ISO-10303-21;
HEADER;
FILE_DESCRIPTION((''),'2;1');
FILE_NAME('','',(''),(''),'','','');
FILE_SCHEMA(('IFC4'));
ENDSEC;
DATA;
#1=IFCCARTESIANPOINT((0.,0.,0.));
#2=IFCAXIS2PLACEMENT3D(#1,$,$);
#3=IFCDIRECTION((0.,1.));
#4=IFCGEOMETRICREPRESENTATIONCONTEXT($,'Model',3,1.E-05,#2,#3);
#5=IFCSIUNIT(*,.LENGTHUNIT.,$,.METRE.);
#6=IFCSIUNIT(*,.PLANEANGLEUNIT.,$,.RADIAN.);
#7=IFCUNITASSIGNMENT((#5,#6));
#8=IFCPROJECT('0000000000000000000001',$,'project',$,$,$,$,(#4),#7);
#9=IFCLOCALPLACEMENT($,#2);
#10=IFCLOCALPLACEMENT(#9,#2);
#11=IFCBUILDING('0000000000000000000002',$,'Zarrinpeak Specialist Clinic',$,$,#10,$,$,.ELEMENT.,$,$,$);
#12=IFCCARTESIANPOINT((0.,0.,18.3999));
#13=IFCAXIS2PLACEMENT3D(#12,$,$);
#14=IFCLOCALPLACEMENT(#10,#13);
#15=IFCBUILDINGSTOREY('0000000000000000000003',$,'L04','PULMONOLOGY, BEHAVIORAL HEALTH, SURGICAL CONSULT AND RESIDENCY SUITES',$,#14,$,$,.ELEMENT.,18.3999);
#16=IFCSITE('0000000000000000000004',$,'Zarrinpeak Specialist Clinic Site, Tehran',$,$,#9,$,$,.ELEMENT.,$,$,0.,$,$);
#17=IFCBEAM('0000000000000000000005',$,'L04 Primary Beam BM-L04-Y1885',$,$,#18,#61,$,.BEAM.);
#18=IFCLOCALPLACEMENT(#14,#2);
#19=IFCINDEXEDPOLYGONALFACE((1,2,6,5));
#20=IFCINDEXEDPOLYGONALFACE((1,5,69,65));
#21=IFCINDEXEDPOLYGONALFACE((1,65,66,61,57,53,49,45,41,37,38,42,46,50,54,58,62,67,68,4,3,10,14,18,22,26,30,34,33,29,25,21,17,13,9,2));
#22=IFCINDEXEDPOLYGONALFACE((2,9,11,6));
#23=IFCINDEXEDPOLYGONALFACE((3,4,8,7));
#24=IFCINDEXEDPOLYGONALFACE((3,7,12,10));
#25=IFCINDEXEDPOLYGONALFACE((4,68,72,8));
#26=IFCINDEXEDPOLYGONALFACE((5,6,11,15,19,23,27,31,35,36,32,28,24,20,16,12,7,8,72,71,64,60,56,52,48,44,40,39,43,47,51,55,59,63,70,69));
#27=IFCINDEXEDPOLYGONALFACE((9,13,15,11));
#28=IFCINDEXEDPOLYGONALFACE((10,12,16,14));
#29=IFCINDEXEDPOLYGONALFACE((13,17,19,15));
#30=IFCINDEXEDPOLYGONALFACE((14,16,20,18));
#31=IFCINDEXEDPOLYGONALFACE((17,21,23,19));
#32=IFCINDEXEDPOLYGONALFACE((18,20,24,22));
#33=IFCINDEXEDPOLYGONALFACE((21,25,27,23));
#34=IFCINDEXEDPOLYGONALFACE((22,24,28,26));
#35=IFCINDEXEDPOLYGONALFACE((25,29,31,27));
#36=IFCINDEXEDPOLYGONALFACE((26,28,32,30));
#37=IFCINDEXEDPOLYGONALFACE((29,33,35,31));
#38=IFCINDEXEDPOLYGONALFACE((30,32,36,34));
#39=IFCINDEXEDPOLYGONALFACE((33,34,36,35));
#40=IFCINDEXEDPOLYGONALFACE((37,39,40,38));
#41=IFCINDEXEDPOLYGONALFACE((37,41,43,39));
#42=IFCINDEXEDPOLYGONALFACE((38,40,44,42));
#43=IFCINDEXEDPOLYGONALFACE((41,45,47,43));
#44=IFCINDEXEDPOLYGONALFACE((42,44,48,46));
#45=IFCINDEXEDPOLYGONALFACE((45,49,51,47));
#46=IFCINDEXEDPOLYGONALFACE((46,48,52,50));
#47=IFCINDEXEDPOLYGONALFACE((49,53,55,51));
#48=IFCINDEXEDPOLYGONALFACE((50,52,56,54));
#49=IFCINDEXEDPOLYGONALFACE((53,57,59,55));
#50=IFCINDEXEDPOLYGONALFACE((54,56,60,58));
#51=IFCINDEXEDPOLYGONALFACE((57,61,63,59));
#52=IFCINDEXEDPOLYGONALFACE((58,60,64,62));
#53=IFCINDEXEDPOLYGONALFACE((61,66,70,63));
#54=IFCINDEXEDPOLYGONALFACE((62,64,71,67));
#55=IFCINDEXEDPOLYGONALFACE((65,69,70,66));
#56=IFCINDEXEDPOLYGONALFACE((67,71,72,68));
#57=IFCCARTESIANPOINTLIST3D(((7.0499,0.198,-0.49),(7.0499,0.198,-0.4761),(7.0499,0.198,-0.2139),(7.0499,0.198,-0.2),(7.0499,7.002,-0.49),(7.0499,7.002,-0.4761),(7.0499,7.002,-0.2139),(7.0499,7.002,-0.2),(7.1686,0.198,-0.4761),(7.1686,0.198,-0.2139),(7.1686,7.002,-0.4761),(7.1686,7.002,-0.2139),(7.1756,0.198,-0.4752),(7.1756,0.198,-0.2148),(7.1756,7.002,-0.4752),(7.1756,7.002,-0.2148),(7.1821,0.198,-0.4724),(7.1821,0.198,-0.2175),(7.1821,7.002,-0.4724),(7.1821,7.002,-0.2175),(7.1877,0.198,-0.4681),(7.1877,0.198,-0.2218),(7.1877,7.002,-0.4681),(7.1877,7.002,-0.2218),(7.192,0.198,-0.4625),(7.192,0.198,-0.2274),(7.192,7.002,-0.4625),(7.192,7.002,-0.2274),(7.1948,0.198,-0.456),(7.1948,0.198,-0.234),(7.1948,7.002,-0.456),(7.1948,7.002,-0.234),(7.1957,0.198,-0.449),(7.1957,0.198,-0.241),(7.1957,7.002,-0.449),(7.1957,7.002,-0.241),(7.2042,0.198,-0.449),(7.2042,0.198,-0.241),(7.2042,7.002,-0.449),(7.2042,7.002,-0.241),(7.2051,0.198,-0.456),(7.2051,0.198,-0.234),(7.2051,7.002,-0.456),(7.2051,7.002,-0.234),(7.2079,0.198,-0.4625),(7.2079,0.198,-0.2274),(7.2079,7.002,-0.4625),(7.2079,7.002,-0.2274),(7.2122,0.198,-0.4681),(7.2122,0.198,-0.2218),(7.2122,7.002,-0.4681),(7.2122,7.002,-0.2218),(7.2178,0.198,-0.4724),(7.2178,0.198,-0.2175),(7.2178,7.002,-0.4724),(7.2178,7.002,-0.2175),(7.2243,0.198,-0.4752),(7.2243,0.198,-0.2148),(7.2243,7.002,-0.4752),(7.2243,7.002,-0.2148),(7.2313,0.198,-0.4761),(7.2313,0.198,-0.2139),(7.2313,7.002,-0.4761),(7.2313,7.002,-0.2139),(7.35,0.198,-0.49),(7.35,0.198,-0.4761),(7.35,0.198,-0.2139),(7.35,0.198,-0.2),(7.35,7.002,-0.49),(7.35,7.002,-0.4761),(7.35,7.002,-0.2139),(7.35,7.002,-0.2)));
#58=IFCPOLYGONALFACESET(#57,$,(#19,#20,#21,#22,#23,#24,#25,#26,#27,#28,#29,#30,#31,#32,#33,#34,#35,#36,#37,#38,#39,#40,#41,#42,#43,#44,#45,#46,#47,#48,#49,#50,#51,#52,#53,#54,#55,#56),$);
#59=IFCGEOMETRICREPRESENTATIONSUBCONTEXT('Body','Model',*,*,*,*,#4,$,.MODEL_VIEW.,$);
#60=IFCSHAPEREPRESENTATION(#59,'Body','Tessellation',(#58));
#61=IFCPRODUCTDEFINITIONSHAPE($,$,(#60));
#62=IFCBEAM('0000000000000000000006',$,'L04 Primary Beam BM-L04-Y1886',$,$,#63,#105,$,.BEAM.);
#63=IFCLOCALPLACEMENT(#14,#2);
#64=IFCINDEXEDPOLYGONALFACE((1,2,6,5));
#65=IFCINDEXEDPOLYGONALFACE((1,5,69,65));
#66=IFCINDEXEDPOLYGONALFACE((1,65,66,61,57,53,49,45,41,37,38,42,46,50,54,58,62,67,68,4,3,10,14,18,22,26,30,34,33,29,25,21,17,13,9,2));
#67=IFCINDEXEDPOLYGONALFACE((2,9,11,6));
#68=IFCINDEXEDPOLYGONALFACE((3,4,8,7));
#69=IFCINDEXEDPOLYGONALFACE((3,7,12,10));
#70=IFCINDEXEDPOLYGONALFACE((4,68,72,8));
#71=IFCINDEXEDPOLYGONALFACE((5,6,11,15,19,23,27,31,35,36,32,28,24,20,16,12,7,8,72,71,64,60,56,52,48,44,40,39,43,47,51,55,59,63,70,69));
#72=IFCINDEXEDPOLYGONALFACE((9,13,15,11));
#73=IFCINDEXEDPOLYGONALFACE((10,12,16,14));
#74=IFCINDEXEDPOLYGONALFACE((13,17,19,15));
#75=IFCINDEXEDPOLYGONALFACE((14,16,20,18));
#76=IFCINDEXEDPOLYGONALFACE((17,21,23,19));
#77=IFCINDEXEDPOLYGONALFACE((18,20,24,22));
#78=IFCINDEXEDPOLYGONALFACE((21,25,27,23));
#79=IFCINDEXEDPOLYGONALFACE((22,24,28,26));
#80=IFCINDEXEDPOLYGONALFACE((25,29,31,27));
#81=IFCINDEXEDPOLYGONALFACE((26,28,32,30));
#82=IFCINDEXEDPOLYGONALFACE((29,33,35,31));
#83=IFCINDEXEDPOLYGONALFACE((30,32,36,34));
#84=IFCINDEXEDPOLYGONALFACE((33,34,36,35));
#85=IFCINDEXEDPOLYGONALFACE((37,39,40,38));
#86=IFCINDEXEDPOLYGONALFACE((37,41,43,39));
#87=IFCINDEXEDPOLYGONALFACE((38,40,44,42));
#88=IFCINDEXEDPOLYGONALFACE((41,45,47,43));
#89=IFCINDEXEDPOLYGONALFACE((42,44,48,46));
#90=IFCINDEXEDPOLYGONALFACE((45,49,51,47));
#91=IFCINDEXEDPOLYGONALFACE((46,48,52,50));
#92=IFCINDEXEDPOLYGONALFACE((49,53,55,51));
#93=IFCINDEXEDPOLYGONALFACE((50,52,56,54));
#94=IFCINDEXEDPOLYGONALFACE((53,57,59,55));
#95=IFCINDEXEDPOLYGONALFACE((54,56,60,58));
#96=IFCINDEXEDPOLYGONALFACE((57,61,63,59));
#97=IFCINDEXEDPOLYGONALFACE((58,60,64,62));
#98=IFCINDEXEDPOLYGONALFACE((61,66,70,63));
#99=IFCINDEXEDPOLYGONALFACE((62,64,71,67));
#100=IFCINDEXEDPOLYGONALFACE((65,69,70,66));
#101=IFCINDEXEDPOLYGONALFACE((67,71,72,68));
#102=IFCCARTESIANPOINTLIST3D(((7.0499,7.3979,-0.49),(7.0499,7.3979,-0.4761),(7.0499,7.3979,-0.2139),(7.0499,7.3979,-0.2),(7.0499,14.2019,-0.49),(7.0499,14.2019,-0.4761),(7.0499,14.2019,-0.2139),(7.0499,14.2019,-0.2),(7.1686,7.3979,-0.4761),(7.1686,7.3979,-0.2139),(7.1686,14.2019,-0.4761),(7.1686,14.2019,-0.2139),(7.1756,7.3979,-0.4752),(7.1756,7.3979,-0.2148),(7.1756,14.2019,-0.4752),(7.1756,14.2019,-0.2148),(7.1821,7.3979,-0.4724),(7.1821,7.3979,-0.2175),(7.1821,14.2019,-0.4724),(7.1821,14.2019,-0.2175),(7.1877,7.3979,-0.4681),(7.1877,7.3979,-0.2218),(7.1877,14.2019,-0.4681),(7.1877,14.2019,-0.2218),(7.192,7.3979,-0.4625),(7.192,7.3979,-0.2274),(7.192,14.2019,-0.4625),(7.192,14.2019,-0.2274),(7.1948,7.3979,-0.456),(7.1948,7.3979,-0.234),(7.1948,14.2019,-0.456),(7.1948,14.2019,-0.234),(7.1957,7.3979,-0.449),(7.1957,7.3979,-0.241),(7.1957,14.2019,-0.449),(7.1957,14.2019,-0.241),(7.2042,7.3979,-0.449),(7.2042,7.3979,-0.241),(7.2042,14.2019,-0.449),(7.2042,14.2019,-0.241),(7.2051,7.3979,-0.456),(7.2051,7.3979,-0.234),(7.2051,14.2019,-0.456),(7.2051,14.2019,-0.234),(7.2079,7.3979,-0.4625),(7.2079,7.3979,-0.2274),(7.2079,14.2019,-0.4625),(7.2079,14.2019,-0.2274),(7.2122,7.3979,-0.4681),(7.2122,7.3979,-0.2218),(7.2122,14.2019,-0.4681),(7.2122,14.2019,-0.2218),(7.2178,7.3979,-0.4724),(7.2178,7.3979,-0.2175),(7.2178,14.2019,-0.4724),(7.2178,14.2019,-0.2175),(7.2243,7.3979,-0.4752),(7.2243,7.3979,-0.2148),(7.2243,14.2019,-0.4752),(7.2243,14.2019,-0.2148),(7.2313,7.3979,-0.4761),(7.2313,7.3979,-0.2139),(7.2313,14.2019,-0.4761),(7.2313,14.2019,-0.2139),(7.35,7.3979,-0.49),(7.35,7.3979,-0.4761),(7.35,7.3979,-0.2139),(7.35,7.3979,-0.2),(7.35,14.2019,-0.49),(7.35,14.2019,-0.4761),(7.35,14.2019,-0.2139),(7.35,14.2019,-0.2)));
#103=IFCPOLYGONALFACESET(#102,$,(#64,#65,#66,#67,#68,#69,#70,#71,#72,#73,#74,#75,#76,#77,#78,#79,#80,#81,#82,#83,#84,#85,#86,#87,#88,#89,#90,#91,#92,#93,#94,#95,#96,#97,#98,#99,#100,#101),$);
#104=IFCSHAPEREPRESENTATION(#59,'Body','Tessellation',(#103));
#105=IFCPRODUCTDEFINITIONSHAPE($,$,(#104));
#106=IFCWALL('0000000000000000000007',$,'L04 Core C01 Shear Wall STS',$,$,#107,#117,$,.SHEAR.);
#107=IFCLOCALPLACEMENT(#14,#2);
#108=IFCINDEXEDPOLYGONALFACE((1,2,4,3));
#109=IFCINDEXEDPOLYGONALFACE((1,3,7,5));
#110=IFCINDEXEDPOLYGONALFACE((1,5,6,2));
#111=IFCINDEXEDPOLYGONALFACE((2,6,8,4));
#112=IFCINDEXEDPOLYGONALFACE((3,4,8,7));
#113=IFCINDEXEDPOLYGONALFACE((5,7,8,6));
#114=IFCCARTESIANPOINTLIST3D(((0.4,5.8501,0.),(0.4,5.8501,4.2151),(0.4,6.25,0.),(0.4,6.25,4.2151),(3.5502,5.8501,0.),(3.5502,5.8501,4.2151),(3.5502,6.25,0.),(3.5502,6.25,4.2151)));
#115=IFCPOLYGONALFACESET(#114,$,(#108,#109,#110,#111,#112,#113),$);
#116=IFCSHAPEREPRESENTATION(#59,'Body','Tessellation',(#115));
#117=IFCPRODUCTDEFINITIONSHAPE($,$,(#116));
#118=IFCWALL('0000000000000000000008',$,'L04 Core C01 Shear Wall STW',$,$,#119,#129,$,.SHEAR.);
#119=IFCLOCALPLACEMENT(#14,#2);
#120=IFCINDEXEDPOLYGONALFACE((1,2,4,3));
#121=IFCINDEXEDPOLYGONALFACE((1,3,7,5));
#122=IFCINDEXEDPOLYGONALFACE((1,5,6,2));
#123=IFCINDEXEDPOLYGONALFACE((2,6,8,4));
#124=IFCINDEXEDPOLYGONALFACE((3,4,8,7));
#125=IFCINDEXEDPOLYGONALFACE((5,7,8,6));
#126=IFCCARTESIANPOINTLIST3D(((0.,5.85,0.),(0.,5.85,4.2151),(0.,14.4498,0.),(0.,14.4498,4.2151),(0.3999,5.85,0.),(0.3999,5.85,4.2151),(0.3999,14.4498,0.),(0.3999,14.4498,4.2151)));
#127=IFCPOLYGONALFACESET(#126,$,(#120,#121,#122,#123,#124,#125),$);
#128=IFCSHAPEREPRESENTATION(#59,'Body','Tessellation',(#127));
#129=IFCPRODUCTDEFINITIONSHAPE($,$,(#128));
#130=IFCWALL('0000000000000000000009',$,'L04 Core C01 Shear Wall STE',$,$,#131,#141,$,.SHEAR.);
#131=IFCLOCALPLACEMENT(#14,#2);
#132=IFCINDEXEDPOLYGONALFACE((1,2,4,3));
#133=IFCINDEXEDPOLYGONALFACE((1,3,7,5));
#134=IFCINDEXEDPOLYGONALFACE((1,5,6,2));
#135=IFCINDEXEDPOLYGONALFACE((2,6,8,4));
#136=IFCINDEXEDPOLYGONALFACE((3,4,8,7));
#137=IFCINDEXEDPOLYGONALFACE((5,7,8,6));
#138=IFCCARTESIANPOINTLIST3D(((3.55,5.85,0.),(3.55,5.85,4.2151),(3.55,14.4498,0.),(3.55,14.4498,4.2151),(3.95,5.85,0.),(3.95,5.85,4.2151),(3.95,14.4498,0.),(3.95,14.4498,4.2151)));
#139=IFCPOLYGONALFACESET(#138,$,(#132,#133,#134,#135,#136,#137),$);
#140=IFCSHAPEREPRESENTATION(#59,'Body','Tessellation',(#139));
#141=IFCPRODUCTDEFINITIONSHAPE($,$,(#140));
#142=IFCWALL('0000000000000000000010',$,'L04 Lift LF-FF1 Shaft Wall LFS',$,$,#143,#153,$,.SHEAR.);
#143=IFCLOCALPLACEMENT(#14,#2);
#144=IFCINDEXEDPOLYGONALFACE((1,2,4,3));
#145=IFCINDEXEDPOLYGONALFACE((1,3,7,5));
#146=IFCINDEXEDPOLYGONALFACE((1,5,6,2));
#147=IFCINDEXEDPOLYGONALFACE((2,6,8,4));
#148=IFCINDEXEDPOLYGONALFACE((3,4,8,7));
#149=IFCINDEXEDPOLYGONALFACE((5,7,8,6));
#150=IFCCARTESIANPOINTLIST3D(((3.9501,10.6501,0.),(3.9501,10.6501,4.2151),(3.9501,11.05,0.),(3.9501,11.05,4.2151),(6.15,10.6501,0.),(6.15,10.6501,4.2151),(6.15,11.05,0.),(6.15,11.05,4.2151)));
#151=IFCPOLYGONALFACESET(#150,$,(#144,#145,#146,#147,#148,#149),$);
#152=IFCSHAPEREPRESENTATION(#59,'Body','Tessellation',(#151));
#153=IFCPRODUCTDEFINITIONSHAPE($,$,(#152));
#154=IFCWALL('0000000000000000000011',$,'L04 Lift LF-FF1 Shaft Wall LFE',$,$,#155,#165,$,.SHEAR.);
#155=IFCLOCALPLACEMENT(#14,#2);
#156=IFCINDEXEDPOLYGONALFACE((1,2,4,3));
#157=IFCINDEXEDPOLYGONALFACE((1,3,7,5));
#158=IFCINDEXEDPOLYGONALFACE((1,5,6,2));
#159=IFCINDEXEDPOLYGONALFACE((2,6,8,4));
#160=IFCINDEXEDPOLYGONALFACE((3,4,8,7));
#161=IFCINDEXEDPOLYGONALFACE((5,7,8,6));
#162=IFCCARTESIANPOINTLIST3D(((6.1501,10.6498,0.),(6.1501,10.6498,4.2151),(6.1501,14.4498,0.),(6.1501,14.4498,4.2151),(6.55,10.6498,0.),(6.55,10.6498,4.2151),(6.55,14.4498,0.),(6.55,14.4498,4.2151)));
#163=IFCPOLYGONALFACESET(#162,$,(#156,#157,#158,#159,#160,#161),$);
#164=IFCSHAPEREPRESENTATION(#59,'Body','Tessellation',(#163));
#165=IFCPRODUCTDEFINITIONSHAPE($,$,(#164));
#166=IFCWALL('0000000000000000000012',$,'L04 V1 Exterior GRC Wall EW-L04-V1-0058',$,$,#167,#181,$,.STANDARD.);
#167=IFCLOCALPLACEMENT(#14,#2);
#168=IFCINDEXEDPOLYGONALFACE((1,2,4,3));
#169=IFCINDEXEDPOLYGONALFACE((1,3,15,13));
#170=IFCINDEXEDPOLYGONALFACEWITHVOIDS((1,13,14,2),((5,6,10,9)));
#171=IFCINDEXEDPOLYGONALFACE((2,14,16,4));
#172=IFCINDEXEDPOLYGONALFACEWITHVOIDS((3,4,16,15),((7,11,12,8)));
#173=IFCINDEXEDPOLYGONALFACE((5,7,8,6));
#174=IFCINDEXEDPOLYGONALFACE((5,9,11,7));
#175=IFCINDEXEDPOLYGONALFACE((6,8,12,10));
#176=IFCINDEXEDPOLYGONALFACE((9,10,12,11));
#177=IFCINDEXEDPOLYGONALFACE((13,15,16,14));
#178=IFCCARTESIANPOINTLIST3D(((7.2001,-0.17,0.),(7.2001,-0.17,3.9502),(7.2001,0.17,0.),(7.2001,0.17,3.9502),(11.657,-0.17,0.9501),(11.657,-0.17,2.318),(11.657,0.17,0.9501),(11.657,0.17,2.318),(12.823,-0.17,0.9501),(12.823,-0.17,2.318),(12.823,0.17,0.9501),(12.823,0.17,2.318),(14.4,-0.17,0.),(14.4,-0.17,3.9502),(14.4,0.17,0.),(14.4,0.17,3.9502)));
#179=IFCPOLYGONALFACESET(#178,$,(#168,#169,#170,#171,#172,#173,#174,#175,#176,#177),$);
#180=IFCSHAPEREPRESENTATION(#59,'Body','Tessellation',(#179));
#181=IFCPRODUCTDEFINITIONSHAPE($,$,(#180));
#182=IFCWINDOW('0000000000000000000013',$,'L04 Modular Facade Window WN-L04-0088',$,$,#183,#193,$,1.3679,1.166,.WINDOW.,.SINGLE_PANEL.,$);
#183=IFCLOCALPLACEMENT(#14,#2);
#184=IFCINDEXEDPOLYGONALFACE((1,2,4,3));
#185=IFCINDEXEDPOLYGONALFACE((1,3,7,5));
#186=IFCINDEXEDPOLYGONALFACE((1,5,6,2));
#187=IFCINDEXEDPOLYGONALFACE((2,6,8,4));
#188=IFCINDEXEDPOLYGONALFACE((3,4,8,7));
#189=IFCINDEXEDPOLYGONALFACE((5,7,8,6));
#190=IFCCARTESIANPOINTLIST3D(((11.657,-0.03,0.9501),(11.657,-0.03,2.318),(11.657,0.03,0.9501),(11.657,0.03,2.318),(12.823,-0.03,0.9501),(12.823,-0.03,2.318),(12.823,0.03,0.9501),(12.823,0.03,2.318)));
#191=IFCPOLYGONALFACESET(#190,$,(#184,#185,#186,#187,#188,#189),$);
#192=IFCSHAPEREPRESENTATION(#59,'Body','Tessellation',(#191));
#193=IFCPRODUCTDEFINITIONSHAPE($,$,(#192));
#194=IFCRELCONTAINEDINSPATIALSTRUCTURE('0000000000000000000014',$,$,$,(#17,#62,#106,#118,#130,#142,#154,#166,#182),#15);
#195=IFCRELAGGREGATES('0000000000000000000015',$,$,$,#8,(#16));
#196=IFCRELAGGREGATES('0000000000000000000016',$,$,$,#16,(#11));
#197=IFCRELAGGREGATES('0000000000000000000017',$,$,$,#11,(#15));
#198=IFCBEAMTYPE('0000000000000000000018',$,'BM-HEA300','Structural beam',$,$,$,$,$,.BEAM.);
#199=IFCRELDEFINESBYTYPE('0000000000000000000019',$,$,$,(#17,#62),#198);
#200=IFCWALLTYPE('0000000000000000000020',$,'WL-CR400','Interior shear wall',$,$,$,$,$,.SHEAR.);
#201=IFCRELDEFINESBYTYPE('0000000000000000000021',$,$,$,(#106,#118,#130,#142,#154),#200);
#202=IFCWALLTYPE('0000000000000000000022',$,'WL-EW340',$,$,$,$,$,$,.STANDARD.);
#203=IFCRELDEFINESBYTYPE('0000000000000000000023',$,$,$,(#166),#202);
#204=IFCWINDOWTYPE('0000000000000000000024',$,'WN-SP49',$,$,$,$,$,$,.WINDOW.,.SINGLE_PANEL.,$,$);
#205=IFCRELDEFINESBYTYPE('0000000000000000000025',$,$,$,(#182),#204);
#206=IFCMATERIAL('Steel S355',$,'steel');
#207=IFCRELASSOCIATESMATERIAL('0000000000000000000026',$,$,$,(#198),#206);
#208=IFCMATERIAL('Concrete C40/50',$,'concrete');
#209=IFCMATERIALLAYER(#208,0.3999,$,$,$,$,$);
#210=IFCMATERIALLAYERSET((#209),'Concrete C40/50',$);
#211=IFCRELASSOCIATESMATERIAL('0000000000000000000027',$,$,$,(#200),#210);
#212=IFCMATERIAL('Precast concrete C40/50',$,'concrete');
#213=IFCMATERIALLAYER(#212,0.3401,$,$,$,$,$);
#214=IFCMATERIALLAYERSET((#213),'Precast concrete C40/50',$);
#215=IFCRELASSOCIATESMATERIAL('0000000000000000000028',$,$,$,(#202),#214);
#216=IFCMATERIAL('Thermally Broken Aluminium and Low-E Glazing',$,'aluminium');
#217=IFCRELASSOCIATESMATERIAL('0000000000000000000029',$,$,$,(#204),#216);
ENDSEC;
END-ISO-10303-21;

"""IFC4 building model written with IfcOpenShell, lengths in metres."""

from ifc_helpers import new_model, si_unit, direction, frame, frame_2d, origin, origin_2d, place, context, subcontext, project, spatial, rectangle, i_section, extrude, material, layer, layer_set, material_profile, profile_set, type_object, element, fill, save


model = new_model("IFC4")

# Units and contexts
model_context = context("Model", 3, precision=1e-05, world=origin(), true_north=direction((0.0, 1.0)))
body_context = subcontext(model_context, "Body", "Model", "MODEL_VIEW")
ifc_project = project(units=[si_unit("LENGTHUNIT", "METRE"), si_unit("PLANEANGLEUNIT", "RADIAN")], contexts=[model_context])

# Site, building, storey
site_placement = place(None, origin())
site = spatial("IfcSite", under=ifc_project, at=site_placement, Name="Zarrinpeak Specialist Clinic Site, Tehran", CompositionType="ELEMENT", RefElevation=0.0)
building_placement = place(site_placement, origin())
building = spatial("IfcBuilding", under=site, at=building_placement, Name="Zarrinpeak Specialist Clinic", CompositionType="ELEMENT")
storey_placement = place(building_placement, frame((0.0, 0.0, 18.3999)))
storey = spatial("IfcBuildingStorey", under=building, at=storey_placement, Name="L04", Description="PULMONOLOGY, BEHAVIORAL HEALTH, SURGICAL CONSULT AND RESIDENCY SUITES", CompositionType="ELEMENT", Elevation=18.3999)

# Shared definitions
ifc_material_1 = material(Name="Steel S355", Category="steel")

# Beams
ifc_material_profile_1 = material_profile(ifc_material_1, i_section(OverallWidth=0.3, OverallDepth=0.29, WebThickness=0.0085, FlangeThickness=0.0139, FilletRadius=0.0271, at=origin_2d()), Name="HEA 300")
ifc_profile_set_1 = profile_set([ifc_material_profile_1], Name="Steel S355")
beam_type_1 = type_object("IfcBeamType", Name="BM-HEA300", Description="Structural beam", PredefinedType="BEAM", material=ifc_profile_set_1)
for number, where, z_axis, x_axis, name in (
    (1, (7.2, 0.198, -0.345), (0.0, 1.0, 0.0), (-1.0, 0.0, 0.0), "L04 Primary Beam BM-L04-Y1885"),
    (2, (7.2, 7.3979, -0.345), (0.0, 1.0, 0.0), (-1.0, 0.0, 0.0), "L04 Primary Beam BM-L04-Y1886"),
):
    element("IfcBeam", number, at=place(storey_placement, frame(where, z_axis=z_axis, x_axis=x_axis)), inside=storey, type_object=beam_type_1, Name=name, PredefinedType="BEAM", context=body_context, shape_type="SweptSolid", body=[
        extrude(i_section(OverallWidth=0.3, OverallDepth=0.29, WebThickness=0.0085, FlangeThickness=0.0139, FilletRadius=0.0271, at=origin_2d()), origin(), (0.0, 0.0, 1.0), 6.804),
    ])

# Walls
ifc_material_2 = material(Name="Concrete C40/50", Category="concrete")
ifc_layer_1 = layer(ifc_material_2, 0.3999)
ifc_layer_set_1 = layer_set([ifc_layer_1], Name="Concrete C40/50")
wall_type_1 = type_object("IfcWallType", Name="WL-CR400", Description="Interior shear wall", PredefinedType="SHEAR", material=ifc_layer_set_1)
wall_1_placement = place(storey_placement, frame((0.3999, 6.05, 0.0), z_axis=(0.0, 0.0, 1.0), x_axis=(1.0, 0.0, 0.0)))
element("IfcWall", 3, at=wall_1_placement, inside=storey, type_object=wall_type_1, Name="L04 Core C01 Shear Wall STS", PredefinedType="SHEAR", context=body_context, shape_type="SweptSolid", body=[
    extrude(rectangle(XDim=3.1501, YDim=0.3999, at=frame_2d((1.5752, 0.0))), origin(), (0.0, 0.0, 1.0), 4.2151),
])
for number, where, z_axis, x_axis, name in (
    (4, (0.2, 5.8501, 0.0), (0.0, 0.0, 1.0), (0.0, 1.0, 0.0), "L04 Core C01 Shear Wall STW"),
    (5, (3.75, 5.8501, 0.0), (0.0, 0.0, 1.0), (0.0, 1.0, 0.0), "L04 Core C01 Shear Wall STE"),
):
    element("IfcWall", number, at=place(storey_placement, frame(where, z_axis=z_axis, x_axis=x_axis)), inside=storey, type_object=wall_type_1, Name=name, PredefinedType="SHEAR", context=body_context, shape_type="SweptSolid", body=[
        extrude(rectangle(XDim=8.5999, YDim=0.3999, at=frame_2d((4.2998, 0.0))), origin(), (0.0, 0.0, 1.0), 4.2151),
    ])
wall_2_placement = place(storey_placement, frame((3.95, 10.8501, 0.0), z_axis=(0.0, 0.0, 1.0), x_axis=(1.0, 0.0, 0.0)))
element("IfcWall", 6, at=wall_2_placement, inside=storey, type_object=wall_type_1, Name="L04 Lift LF-FF1 Shaft Wall LFS", PredefinedType="SHEAR", context=body_context, shape_type="SweptSolid", body=[
    extrude(rectangle(XDim=2.2, YDim=0.3999, at=frame_2d((1.1001, 0.0))), origin(), (0.0, 0.0, 1.0), 4.2151),
])
wall_3_placement = place(storey_placement, frame((6.3501, 10.6499, 0.0), z_axis=(0.0, 0.0, 1.0), x_axis=(0.0, 1.0, 0.0)))
element("IfcWall", 7, at=wall_3_placement, inside=storey, type_object=wall_type_1, Name="L04 Lift LF-FF1 Shaft Wall LFE", PredefinedType="SHEAR", context=body_context, shape_type="SweptSolid", body=[
    extrude(rectangle(XDim=3.8, YDim=0.3999, at=frame_2d((1.8999, 0.0))), origin(), (0.0, 0.0, 1.0), 4.2151),
])

# Wall, opening, window
ifc_material_3 = material(Name="Precast concrete C40/50", Category="concrete")
ifc_layer_2 = layer(ifc_material_3, 0.3401)
ifc_layer_set_2 = layer_set([ifc_layer_2], Name="Precast concrete C40/50")
wall_type_2 = type_object("IfcWallType", Name="WL-EW340", PredefinedType="STANDARD", material=ifc_layer_set_2)
wall_4_placement = place(storey_placement, frame((7.2, 0.0, 0.0), z_axis=(0.0, 0.0, 1.0), x_axis=(1.0, 0.0, 0.0)))
wall_4 = element("IfcWall", 8, at=wall_4_placement, inside=storey, type_object=wall_type_2, Name="L04 V1 Exterior GRC Wall EW-L04-V1-0058", PredefinedType="STANDARD", context=body_context, shape_type="SweptSolid", body=[
    extrude(rectangle(XDim=7.2, YDim=0.3401, at=frame_2d((3.6001, 0.0))), origin(), (0.0, 0.0, 1.0), 3.9502),
])
opening_1_placement = place(wall_4_placement, frame((4.457, 0.0, 0.95)))
opening_1 = element("IfcOpeningElement", 9, at=opening_1_placement, cuts=wall_4, PredefinedType="OPENING", context=body_context, shape_type="SweptSolid", body=[
    extrude(rectangle(XDim=1.166, YDim=1.3679, at=frame_2d((0.583, 0.6841))), frame((0.0, 0.1802, 0.0), z_axis=(0.0, -1.0, 0.0), x_axis=(1.0, 0.0, 0.0)), (0.0, 0.0, 1.0), 0.3601),
])
ifc_material_4 = material(Name="Thermally Broken Aluminium and Low-E Glazing", Category="aluminium")
window_type_1 = type_object("IfcWindowType", Name="WN-SP49", PartitioningType="SINGLE_PANEL", PredefinedType="WINDOW", material=ifc_material_4)
window_1_placement = place(opening_1_placement, origin())
window_1 = element("IfcWindow", 10, at=window_1_placement, inside=storey, type_object=window_type_1, Name="L04 Modular Facade Window WN-L04-0088", OverallHeight=1.3679, OverallWidth=1.166, PartitioningType="SINGLE_PANEL", PredefinedType="WINDOW", context=body_context, shape_type="SweptSolid", body=[
    extrude(rectangle(XDim=1.166, YDim=1.3679, at=frame_2d((0.583, 0.6841))), frame((0.0, 0.03, 0.0), z_axis=(0.0, -1.0, 0.0), x_axis=(1.0, 0.0, 0.0)), (0.0, 0.0, 1.0), 0.0601),
])
fill(opening_1, window_1)

save(model, "model.ifc")
